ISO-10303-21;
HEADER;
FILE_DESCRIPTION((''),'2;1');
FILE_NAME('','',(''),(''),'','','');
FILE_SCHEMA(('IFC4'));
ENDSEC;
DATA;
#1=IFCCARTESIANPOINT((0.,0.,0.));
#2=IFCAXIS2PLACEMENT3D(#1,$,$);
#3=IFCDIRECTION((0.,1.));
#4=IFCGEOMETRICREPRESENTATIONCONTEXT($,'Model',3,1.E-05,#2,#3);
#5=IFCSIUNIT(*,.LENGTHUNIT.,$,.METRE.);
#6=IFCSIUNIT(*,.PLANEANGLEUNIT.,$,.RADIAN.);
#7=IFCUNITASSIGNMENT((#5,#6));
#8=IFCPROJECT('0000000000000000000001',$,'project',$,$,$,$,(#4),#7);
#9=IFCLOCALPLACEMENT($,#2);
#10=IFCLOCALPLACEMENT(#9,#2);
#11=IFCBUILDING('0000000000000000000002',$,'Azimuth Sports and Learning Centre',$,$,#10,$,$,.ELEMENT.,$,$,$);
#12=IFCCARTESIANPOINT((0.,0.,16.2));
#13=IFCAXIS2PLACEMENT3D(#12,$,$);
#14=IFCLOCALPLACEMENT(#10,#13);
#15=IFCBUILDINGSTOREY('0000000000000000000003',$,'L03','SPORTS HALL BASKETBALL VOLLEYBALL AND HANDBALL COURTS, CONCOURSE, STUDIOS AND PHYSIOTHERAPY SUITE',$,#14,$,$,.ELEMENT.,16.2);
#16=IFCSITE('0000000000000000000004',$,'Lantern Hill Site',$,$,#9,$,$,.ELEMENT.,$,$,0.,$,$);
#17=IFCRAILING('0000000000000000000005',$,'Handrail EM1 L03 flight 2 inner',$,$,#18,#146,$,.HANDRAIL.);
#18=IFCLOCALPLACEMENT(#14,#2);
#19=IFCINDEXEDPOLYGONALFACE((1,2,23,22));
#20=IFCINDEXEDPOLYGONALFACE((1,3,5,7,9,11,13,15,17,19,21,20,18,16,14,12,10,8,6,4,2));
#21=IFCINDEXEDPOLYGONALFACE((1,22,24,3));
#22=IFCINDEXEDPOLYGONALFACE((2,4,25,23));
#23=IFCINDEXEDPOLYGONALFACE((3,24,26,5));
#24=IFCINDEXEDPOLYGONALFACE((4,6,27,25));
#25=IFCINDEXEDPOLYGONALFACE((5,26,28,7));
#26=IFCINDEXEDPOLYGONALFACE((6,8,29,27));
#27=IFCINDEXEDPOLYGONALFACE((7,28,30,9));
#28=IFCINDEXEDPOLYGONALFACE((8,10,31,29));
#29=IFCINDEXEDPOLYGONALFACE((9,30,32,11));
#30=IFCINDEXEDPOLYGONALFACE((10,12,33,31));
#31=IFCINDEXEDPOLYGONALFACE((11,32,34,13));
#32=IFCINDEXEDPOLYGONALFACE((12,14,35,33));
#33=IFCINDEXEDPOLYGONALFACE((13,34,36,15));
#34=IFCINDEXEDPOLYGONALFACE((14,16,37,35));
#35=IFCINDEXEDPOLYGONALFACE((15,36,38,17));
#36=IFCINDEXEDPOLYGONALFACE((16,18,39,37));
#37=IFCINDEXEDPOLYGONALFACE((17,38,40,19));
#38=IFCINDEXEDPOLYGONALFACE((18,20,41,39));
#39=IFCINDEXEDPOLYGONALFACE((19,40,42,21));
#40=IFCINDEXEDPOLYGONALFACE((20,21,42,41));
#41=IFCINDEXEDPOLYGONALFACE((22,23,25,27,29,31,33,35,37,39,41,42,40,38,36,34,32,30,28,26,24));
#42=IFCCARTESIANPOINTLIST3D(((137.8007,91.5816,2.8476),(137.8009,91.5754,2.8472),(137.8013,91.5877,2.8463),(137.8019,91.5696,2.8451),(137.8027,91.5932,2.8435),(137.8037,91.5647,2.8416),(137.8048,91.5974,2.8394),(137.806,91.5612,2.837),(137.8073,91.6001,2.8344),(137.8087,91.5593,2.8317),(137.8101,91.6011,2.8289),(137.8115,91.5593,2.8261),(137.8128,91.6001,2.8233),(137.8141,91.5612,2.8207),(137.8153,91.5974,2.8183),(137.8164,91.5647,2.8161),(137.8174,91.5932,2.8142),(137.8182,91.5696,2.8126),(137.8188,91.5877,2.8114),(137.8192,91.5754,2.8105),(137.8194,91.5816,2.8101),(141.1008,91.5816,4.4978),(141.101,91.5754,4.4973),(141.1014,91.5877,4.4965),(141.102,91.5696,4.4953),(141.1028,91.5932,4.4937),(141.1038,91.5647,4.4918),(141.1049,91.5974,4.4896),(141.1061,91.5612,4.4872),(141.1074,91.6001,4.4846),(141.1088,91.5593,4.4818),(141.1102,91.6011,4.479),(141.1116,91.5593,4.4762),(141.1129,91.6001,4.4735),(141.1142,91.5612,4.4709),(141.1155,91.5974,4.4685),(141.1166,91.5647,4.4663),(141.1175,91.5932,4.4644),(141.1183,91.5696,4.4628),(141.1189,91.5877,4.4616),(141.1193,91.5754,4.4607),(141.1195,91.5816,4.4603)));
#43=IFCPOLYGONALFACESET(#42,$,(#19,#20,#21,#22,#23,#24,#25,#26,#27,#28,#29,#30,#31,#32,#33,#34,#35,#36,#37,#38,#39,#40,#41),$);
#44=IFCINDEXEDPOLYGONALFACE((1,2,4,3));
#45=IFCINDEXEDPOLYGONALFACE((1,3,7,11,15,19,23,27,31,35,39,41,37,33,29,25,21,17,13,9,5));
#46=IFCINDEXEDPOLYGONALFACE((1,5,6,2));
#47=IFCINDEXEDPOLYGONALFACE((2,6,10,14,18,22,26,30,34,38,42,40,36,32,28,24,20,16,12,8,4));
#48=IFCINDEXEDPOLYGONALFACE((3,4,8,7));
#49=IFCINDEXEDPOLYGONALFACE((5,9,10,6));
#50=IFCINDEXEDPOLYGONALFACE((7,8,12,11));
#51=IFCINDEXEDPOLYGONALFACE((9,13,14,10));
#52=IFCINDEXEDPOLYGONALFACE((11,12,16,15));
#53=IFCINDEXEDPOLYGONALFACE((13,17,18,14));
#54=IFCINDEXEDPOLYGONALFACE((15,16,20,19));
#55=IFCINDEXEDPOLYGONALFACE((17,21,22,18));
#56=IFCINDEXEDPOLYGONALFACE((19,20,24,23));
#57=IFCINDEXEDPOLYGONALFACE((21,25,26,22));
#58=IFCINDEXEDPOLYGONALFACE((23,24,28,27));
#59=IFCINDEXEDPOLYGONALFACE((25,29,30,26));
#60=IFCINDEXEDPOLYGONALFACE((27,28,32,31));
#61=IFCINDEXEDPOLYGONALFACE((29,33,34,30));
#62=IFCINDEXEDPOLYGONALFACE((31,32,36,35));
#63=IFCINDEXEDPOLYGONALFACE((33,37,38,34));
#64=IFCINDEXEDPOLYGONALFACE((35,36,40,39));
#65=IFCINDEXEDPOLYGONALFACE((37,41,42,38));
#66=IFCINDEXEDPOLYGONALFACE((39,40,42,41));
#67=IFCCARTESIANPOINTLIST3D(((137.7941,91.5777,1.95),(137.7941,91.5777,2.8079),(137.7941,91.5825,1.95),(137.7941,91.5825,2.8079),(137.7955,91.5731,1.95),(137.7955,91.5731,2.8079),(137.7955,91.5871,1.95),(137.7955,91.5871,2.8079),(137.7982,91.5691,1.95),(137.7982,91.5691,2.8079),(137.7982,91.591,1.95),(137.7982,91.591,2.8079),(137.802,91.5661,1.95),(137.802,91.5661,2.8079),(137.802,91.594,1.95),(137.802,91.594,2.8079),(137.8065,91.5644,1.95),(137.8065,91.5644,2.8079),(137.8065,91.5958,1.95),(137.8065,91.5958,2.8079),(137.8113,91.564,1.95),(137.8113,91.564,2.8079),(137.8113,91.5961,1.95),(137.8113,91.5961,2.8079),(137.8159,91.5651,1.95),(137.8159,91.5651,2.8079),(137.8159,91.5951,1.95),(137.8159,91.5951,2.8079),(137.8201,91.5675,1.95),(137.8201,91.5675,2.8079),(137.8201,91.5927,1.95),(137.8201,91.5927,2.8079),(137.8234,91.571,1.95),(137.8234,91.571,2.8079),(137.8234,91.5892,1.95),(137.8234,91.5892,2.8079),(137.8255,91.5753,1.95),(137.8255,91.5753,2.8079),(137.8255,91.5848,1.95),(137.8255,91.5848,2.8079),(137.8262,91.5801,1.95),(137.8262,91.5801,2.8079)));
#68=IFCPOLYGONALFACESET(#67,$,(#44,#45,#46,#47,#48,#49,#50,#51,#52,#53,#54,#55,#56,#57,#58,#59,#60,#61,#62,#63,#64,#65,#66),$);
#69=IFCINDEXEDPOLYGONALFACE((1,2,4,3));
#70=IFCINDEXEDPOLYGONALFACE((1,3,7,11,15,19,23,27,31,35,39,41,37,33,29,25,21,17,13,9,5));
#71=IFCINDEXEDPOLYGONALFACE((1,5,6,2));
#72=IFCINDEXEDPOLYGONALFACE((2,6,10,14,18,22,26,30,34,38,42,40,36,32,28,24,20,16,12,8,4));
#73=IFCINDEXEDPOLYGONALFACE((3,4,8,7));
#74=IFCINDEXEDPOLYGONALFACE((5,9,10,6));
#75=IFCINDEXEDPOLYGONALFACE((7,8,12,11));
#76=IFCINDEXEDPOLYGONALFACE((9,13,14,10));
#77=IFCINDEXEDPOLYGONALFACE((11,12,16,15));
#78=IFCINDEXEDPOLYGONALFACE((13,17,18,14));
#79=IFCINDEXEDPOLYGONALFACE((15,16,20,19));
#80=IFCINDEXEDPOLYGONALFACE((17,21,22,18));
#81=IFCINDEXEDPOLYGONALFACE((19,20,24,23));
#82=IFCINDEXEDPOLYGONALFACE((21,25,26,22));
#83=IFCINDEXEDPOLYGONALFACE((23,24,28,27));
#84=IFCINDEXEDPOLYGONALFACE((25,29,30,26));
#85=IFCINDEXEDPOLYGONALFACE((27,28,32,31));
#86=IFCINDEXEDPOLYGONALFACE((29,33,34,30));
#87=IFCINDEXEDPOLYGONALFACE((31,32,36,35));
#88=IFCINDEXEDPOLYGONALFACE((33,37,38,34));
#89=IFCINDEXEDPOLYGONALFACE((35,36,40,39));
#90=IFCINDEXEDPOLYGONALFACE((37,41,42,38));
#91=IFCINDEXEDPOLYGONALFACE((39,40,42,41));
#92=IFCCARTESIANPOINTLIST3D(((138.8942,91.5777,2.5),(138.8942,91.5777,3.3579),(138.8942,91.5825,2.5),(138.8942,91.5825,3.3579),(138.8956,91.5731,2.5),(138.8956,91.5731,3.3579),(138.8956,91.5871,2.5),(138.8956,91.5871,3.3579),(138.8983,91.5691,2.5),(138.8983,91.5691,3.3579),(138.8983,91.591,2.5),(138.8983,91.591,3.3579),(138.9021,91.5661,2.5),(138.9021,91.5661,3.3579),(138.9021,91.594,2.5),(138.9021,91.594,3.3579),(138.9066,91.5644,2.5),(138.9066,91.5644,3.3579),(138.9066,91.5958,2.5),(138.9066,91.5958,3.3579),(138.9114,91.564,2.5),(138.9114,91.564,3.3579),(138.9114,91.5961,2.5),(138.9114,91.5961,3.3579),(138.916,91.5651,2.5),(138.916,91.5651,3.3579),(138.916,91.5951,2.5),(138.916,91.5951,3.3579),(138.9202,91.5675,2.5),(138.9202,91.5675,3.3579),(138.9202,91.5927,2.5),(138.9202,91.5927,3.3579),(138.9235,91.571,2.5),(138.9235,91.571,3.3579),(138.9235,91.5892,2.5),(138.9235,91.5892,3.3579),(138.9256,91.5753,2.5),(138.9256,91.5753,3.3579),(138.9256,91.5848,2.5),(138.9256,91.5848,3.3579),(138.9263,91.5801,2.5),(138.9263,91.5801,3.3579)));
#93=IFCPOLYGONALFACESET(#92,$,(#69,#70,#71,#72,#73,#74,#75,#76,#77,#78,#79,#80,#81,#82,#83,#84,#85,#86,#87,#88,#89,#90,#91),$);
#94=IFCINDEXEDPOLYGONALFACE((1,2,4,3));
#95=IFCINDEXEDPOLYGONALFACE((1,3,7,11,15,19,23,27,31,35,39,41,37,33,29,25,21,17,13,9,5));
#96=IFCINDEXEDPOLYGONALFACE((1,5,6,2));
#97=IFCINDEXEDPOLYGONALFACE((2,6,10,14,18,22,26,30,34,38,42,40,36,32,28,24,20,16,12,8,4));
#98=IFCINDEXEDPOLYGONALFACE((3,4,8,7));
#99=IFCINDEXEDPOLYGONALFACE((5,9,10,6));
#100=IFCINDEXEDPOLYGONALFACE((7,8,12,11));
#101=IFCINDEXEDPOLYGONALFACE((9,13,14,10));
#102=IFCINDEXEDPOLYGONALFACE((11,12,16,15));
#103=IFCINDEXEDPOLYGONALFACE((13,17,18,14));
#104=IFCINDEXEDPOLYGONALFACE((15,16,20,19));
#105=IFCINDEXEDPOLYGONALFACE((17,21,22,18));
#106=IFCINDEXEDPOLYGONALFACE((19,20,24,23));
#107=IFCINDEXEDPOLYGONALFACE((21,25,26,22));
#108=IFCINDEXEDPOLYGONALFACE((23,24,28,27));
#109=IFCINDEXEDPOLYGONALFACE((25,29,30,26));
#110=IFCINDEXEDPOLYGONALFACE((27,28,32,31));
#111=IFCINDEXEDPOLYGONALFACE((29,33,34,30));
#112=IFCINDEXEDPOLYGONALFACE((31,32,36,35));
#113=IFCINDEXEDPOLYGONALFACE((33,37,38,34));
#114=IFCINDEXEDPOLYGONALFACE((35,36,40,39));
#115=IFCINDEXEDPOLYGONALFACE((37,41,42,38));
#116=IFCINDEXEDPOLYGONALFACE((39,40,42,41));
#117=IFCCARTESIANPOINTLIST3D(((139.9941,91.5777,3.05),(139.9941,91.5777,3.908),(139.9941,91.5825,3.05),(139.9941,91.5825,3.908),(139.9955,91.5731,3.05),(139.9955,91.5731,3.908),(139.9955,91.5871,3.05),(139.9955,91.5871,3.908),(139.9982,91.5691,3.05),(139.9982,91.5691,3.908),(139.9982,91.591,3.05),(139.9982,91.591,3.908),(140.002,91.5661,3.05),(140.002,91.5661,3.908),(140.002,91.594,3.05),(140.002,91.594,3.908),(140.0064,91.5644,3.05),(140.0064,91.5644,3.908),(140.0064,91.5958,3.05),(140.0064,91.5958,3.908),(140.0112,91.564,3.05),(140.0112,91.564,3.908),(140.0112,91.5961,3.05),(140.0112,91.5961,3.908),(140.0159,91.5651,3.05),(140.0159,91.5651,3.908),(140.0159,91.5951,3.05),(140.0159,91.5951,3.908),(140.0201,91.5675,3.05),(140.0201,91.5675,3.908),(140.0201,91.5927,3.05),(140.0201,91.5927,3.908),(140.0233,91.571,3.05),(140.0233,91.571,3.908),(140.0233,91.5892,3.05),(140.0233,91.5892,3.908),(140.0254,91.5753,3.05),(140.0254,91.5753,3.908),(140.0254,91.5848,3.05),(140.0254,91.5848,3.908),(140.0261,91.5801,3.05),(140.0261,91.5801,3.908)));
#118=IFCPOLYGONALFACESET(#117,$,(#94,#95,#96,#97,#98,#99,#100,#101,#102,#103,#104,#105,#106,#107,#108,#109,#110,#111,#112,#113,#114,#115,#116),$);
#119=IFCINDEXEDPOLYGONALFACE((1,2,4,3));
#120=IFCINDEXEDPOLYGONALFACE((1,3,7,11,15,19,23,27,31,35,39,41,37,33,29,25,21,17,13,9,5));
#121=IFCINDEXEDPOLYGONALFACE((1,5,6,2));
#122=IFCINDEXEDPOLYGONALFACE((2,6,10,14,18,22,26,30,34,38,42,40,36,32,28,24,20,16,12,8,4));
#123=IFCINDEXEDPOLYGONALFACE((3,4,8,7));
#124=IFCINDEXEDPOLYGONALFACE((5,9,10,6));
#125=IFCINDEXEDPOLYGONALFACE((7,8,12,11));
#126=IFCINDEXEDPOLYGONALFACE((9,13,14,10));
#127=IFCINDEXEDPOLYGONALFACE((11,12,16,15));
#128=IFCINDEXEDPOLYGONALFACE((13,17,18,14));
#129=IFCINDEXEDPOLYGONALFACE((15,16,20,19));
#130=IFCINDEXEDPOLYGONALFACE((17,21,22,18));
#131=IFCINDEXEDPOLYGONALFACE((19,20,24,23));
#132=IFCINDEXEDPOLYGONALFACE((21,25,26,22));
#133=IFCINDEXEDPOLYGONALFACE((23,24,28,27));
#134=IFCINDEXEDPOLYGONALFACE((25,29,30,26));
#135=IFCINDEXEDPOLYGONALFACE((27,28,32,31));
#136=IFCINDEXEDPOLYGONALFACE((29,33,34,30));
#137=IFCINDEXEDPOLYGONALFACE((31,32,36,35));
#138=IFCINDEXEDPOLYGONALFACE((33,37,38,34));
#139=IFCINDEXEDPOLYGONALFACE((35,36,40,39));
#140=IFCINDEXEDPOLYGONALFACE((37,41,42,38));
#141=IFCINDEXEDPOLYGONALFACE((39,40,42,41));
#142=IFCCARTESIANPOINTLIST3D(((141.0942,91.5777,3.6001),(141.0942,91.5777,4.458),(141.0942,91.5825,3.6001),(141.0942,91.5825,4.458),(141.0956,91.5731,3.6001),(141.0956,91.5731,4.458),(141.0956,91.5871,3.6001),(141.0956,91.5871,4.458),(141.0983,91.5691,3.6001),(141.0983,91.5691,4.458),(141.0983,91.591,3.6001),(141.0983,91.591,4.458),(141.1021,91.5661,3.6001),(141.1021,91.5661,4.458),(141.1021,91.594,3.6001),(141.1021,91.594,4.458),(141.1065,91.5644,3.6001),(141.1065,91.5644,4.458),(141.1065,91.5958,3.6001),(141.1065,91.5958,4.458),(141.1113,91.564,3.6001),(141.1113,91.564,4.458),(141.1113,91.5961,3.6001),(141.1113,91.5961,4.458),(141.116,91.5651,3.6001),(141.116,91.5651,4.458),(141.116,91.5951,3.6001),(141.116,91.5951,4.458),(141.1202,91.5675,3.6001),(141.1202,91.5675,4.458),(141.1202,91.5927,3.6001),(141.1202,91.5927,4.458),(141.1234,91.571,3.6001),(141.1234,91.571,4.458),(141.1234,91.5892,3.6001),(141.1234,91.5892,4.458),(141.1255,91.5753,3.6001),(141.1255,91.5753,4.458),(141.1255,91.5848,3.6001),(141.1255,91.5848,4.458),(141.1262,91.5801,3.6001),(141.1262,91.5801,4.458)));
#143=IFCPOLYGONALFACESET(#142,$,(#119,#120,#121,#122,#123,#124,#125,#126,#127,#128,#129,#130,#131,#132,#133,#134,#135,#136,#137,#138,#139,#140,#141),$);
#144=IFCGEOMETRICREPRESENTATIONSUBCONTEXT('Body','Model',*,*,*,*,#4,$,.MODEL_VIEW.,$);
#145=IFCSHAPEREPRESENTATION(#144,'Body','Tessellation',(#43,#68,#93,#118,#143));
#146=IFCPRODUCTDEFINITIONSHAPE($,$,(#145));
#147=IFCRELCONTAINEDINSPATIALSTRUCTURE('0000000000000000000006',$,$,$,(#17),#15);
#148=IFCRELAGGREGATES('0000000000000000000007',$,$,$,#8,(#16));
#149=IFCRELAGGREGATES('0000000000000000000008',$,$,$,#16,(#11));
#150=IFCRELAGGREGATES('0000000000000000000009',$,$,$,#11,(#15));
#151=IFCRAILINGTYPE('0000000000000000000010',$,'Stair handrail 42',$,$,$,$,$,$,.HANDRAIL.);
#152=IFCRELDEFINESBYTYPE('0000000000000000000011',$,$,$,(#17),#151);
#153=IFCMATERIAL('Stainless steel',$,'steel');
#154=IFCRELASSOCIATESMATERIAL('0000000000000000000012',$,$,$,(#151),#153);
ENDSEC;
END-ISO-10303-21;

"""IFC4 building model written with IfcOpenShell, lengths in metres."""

from ifc_helpers import new_model, si_unit, direction, frame, origin, origin_2d, place, context, subcontext, project, spatial, circle, extrude, material, type_object, element, save


model = new_model("IFC4")

# Units and contexts
model_context = context("Model", 3, precision=1e-05, world=origin(), true_north=direction((0.0, 1.0)))
body_context = subcontext(model_context, "Body", "Model", "MODEL_VIEW")
ifc_project = project(units=[si_unit("LENGTHUNIT", "METRE"), si_unit("PLANEANGLEUNIT", "RADIAN")], contexts=[model_context])

# Site, building, storey
site_placement = place(None, origin())
site = spatial("IfcSite", under=ifc_project, at=site_placement, Name="Lantern Hill Site", CompositionType="ELEMENT", RefElevation=0.0)
building_placement = place(site_placement, origin())
building = spatial("IfcBuilding", under=site, at=building_placement, Name="Azimuth Sports and Learning Centre", CompositionType="ELEMENT")
storey_placement = place(building_placement, frame((0.0, 0.0, 16.2)))
storey = spatial("IfcBuildingStorey", under=building, at=storey_placement, Name="L03", Description="SPORTS HALL BASKETBALL VOLLEYBALL AND HANDBALL COURTS, CONCOURSE, STUDIOS AND PHYSIOTHERAPY SUITE", CompositionType="ELEMENT", Elevation=16.2)

# Railing
ifc_material_1 = material(Name="Stainless steel", Category="steel")
railing_type_1 = type_object("IfcRailingType", Name="Stair handrail 42", PredefinedType="HANDRAIL", material=ifc_material_1)
for number, where, name in (
    (1, (137.8101, 91.5801, 1.95), "Handrail EM1 L03 flight 2 inner"),
):
    element("IfcRailing", number, at=place(storey_placement, frame(where)), inside=storey, type_object=railing_type_1, Name=name, PredefinedType="HANDRAIL", context=body_context, shape_type="SweptSolid", body=[
        extrude(circle(Radius=0.021, at=origin_2d()), frame((0.0, 0.0, 0.8789), z_axis=(0.894414, 0.0, 0.44724), x_axis=(0.0, 1.0, 0.0)), (0.0, 0.0, 1.0), 3.6897),
        extrude(circle(Radius=0.0161, at=origin_2d()), origin(), (0.0, 0.0, 1.0), 0.8579),
        extrude(circle(Radius=0.0161, at=origin_2d()), frame((1.1001, 0.0, 0.55)), (0.0, 0.0, 1.0), 0.8579),
        extrude(circle(Radius=0.0161, at=origin_2d()), frame((2.2, 0.0, 1.1001)), (0.0, 0.0, 1.0), 0.8579),
        extrude(circle(Radius=0.0161, at=origin_2d()), frame((3.3, 0.0, 1.6501)), (0.0, 0.0, 1.0), 0.8579),
    ])

save(model, "model.ifc")
